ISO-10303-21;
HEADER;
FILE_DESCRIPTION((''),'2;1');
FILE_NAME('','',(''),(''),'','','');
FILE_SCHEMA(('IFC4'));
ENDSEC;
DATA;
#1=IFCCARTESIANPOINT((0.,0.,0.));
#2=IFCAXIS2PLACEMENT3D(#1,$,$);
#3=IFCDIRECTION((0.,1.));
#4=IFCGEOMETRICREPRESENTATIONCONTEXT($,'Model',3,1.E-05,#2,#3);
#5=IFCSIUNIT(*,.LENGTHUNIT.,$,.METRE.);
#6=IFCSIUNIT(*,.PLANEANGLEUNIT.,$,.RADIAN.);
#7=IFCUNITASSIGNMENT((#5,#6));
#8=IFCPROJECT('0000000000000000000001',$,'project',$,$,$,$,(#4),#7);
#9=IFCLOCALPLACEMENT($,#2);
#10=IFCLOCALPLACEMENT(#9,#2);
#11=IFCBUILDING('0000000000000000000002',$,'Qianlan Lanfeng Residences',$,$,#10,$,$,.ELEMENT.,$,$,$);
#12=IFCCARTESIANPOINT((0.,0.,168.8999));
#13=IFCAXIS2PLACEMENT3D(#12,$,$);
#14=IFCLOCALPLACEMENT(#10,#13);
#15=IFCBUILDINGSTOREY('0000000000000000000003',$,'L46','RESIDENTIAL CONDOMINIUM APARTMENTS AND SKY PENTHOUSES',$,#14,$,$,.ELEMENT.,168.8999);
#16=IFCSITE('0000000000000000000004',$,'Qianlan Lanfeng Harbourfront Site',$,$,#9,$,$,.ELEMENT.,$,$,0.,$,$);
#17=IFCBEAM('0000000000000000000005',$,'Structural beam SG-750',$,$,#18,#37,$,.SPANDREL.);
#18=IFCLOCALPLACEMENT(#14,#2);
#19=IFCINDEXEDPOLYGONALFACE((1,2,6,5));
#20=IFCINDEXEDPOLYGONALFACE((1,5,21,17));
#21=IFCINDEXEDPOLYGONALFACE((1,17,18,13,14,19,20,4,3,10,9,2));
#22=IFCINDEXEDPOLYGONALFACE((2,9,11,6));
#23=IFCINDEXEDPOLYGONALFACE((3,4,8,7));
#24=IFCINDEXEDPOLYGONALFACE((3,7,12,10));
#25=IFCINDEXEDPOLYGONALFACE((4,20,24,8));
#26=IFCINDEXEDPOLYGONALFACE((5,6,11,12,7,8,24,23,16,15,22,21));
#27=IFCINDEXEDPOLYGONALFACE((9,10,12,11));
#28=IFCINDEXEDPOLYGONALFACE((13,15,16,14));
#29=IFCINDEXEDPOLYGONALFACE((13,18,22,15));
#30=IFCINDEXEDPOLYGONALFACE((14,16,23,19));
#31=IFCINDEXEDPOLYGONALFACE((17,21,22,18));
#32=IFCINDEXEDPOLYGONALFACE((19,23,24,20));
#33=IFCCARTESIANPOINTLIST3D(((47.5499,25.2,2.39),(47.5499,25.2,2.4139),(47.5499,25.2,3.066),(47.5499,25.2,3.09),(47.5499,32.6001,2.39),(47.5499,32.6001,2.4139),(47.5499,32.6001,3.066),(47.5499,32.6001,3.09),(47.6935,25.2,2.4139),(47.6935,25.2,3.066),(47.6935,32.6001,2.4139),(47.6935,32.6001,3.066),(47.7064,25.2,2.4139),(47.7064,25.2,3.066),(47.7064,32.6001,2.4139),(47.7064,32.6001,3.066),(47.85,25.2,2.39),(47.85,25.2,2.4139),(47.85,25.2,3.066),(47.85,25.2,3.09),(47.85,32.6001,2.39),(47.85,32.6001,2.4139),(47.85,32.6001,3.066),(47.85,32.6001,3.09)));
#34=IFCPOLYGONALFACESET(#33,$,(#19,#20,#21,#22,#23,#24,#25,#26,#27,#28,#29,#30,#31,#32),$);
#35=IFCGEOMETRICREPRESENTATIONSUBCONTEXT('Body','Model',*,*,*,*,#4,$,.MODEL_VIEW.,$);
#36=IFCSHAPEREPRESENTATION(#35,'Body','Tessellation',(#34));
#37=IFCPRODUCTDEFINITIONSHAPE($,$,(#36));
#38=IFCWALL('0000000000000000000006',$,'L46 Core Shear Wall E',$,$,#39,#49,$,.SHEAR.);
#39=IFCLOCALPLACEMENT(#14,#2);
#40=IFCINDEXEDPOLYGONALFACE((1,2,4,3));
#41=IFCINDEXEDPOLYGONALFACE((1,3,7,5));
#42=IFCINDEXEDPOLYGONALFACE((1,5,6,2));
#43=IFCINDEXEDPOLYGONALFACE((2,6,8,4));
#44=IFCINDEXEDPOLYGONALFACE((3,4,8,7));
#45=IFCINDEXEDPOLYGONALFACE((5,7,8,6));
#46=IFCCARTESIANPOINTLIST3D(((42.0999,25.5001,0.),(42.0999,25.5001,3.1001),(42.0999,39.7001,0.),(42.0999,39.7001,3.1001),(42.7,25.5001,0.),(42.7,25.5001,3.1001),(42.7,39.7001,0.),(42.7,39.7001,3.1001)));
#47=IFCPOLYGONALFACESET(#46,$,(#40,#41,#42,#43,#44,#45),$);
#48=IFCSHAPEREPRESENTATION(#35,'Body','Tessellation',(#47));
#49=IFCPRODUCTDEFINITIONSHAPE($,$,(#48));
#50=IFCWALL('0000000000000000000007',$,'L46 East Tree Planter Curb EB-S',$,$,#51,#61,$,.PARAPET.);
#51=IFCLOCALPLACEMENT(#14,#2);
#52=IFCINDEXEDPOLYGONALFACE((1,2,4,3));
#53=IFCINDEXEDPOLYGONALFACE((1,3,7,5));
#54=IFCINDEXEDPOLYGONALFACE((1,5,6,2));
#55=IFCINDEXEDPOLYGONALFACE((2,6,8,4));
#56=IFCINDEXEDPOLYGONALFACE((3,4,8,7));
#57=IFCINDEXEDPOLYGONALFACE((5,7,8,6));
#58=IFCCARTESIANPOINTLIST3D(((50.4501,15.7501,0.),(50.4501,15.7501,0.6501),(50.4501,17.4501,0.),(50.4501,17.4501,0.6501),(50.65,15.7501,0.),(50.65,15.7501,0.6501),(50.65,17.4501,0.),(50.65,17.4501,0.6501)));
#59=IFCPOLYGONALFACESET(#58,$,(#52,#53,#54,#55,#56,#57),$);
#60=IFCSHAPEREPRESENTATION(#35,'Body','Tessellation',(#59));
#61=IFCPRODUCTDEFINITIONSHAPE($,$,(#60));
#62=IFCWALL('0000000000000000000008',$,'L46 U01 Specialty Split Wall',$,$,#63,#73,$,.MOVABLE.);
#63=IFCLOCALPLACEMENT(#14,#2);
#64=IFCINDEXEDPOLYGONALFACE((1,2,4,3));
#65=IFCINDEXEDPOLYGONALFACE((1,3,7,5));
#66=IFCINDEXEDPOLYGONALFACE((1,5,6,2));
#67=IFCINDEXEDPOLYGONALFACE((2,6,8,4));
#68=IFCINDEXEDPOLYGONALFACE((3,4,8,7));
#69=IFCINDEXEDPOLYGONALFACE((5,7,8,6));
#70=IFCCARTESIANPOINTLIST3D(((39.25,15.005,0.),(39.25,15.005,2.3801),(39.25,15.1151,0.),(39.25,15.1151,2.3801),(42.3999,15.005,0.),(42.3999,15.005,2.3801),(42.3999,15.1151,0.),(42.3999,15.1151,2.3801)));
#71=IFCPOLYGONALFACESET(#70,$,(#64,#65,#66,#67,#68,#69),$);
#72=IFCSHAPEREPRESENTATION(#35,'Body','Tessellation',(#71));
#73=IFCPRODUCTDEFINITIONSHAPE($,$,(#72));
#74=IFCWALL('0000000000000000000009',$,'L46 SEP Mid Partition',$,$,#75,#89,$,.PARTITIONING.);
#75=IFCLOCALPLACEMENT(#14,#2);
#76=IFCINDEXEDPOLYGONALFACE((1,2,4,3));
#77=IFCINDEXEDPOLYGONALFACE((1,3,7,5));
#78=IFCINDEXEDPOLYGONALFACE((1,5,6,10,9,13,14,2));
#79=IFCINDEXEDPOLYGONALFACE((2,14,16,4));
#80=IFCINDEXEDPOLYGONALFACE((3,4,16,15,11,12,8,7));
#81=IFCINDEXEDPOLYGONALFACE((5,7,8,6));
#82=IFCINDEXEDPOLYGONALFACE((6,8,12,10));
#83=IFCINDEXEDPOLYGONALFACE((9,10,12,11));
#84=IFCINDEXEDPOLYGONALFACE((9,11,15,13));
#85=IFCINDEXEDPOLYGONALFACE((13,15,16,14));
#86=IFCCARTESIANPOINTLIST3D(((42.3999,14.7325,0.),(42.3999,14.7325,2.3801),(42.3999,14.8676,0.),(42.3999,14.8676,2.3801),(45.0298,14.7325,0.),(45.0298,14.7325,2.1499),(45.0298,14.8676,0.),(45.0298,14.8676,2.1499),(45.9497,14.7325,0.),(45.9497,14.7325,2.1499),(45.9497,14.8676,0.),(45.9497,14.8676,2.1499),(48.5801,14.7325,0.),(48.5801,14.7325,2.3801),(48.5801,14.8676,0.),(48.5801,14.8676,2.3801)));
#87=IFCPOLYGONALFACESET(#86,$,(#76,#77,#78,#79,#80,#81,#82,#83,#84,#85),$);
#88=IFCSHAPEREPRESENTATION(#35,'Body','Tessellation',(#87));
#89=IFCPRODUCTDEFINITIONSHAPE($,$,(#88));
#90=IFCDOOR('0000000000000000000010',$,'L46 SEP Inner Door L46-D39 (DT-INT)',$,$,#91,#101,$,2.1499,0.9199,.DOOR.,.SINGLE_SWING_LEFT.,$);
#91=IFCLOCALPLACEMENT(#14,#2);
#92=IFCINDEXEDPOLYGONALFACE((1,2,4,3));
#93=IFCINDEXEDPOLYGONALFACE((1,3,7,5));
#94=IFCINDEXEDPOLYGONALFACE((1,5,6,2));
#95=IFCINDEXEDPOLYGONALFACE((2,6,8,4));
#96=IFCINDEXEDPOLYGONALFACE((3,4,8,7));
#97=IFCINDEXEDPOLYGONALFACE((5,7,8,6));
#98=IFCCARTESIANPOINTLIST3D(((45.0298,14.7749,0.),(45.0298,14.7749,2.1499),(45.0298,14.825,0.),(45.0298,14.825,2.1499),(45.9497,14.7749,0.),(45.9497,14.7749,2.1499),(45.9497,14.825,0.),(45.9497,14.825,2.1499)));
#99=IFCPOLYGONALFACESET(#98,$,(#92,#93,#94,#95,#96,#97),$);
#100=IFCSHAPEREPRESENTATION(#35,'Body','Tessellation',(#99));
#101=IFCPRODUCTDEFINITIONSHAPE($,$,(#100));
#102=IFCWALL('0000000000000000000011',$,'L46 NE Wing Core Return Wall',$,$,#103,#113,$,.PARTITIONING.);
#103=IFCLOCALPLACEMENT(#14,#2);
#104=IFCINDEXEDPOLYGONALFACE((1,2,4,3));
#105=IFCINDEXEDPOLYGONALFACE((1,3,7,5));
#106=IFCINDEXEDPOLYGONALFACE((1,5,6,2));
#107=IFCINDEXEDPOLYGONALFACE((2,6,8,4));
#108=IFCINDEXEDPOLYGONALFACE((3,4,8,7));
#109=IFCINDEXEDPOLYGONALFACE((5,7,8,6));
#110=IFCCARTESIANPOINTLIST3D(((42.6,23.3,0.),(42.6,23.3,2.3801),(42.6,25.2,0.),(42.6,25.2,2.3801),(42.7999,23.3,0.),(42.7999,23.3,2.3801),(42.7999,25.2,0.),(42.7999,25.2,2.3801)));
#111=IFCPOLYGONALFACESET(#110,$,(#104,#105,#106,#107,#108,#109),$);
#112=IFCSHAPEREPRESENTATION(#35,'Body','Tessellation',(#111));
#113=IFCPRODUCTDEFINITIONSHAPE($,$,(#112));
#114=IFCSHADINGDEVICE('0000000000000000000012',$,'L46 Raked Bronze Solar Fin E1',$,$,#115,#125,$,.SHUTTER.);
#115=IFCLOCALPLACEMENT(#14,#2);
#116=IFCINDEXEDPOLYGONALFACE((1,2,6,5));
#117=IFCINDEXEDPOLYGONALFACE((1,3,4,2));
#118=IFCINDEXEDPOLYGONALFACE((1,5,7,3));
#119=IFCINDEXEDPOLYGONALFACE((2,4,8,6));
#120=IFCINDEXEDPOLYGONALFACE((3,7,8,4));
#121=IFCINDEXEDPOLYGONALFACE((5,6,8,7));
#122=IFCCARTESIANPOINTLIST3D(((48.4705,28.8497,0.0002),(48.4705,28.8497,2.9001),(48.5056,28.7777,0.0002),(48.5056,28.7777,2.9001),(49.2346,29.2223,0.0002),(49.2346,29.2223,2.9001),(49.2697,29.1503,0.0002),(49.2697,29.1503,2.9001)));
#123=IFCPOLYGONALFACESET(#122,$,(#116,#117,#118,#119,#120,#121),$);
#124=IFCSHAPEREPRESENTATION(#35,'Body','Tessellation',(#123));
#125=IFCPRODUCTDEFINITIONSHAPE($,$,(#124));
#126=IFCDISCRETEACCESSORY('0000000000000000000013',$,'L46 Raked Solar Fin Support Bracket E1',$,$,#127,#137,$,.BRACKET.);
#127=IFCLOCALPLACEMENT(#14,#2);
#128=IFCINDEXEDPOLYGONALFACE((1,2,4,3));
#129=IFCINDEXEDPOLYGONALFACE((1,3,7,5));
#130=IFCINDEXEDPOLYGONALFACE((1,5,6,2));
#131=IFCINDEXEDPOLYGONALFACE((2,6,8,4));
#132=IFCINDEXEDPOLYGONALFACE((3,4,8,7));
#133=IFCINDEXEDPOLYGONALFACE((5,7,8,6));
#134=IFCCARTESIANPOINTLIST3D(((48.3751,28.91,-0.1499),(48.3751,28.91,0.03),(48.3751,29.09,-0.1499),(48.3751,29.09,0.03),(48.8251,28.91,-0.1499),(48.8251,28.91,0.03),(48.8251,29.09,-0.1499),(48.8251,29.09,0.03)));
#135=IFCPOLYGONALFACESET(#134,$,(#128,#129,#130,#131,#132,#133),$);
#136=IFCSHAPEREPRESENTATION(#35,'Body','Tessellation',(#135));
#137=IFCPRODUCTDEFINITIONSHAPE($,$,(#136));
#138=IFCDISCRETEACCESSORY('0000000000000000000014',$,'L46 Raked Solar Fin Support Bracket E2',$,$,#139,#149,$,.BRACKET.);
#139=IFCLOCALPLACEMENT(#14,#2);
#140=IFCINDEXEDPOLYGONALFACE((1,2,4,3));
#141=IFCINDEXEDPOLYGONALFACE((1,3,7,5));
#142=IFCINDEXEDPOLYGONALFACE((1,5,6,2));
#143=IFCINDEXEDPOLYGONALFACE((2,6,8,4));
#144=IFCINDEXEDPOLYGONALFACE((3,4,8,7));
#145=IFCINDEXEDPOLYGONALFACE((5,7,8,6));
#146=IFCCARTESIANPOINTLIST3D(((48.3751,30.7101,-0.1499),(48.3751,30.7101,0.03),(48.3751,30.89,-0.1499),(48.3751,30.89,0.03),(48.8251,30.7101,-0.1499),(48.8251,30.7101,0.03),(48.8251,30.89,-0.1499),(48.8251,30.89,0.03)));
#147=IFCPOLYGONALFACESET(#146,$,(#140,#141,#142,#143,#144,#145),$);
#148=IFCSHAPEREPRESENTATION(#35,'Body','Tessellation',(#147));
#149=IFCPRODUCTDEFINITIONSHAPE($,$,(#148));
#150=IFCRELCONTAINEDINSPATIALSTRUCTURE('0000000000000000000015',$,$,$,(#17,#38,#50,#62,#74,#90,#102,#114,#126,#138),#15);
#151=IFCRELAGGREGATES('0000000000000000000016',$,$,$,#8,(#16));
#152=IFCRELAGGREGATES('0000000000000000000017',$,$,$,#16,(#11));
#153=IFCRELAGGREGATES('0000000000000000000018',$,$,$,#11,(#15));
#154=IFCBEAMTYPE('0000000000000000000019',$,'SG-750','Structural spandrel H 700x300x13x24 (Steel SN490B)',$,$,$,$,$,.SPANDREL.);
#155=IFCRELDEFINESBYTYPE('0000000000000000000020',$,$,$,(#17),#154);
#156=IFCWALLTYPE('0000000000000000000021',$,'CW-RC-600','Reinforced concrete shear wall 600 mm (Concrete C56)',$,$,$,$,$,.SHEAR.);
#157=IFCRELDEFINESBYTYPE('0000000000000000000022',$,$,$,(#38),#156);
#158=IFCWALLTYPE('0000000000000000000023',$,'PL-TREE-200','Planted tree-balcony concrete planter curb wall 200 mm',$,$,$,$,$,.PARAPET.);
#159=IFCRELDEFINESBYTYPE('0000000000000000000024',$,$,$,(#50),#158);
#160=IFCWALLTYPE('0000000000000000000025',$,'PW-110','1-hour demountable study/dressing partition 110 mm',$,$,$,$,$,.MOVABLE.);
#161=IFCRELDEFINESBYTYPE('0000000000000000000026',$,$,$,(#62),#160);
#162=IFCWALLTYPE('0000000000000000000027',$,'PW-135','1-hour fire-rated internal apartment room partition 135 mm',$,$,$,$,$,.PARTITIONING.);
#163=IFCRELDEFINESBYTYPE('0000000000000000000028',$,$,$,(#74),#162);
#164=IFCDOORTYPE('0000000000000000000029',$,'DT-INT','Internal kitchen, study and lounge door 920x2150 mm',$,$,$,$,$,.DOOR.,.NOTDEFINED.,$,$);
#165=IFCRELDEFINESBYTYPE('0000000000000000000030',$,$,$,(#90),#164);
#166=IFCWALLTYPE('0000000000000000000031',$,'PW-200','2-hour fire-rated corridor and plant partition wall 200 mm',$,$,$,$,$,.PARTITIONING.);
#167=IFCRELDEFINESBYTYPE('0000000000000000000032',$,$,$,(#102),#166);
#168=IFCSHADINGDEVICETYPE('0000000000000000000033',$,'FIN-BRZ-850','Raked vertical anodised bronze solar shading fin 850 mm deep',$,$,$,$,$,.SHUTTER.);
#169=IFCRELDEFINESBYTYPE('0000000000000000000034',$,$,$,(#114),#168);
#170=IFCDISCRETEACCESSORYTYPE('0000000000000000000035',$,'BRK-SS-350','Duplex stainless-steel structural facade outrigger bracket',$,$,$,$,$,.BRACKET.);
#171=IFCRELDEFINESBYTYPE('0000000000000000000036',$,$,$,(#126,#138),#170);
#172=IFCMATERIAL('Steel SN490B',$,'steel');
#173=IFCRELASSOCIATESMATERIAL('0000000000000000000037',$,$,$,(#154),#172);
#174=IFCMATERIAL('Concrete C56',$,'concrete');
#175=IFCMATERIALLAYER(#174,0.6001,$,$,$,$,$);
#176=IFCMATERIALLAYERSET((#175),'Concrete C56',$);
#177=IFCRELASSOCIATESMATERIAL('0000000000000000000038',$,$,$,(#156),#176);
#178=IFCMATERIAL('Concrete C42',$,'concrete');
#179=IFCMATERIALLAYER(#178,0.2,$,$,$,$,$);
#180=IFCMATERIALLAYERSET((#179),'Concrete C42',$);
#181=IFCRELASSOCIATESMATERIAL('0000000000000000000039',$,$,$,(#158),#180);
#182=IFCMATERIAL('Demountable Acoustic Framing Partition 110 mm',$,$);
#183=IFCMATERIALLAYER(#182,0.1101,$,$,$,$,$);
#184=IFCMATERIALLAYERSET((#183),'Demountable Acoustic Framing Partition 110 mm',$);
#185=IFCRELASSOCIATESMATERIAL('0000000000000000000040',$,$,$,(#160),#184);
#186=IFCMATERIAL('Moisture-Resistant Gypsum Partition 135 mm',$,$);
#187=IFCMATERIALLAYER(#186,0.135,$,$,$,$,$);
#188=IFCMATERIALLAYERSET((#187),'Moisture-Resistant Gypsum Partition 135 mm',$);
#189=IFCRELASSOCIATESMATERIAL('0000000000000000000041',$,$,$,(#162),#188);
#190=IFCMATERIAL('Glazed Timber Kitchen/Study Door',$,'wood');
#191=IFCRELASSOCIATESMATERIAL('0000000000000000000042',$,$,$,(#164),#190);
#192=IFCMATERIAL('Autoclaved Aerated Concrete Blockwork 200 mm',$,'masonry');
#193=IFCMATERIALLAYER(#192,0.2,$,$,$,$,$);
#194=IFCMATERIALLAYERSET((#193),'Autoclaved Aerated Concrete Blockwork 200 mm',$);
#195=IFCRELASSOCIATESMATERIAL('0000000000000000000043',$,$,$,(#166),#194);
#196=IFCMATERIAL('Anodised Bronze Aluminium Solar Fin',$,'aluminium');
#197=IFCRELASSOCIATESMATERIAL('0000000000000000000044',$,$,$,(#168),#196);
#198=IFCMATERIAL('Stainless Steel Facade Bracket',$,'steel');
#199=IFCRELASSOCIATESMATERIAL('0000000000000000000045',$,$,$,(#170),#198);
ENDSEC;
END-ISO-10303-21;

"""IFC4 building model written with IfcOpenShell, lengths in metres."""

from ifc_helpers import new_model, si_unit, direction, frame, frame_2d, origin, origin_2d, place, context, subcontext, project, spatial, rectangle, i_section, extrude, source, transform, mapped, material, layer, layer_set, material_profile, profile_set, type_object, element, fill, save


model = new_model("IFC4")

# Units and contexts
model_context = context("Model", 3, precision=1e-05, world=origin(), true_north=direction((0.0, 1.0)))
body_context = subcontext(model_context, "Body", "Model", "MODEL_VIEW")
ifc_project = project(units=[si_unit("LENGTHUNIT", "METRE"), si_unit("PLANEANGLEUNIT", "RADIAN")], contexts=[model_context])

# Site, building, storey
site_placement = place(None, origin())
site = spatial("IfcSite", under=ifc_project, at=site_placement, Name="Qianlan Lanfeng Harbourfront Site", CompositionType="ELEMENT", RefElevation=0.0)
building_placement = place(site_placement, origin())
building = spatial("IfcBuilding", under=site, at=building_placement, Name="Qianlan Lanfeng Residences", CompositionType="ELEMENT")
storey_placement = place(building_placement, frame((0.0, 0.0, 168.8999)))
storey = spatial("IfcBuildingStorey", under=building, at=storey_placement, Name="L46", Description="RESIDENTIAL CONDOMINIUM APARTMENTS AND SKY PENTHOUSES", CompositionType="ELEMENT", Elevation=168.8999)

# Shared definitions
ifc_material_1 = material(Name="Steel SN490B", Category="steel")

# Beam
ifc_material_profile_1 = material_profile(ifc_material_1, i_section(OverallWidth=0.3, OverallDepth=0.7, WebThickness=0.0129, FlangeThickness=0.0239, at=origin_2d()), Name="H 700x300x13x24")
ifc_profile_set_1 = profile_set([ifc_material_profile_1], Name="Steel SN490B")
beam_type_1 = type_object("IfcBeamType", Name="SG-750", Description="Structural spandrel H 700x300x13x24 (Steel SN490B)", PredefinedType="SPANDREL", material=ifc_profile_set_1)
beam_1_placement = place(storey_placement, frame((47.7, 25.2, 2.74), z_axis=(0.0, 1.0, 0.0), x_axis=(-1.0, 0.0, 0.0)))
element("IfcBeam", 1, at=beam_1_placement, inside=storey, type_object=beam_type_1, Name="Structural beam SG-750", PredefinedType="SPANDREL", context=body_context, shape_type="SweptSolid", body=[
    extrude(i_section(OverallWidth=0.3, OverallDepth=0.7, WebThickness=0.0129, FlangeThickness=0.0239, at=origin_2d()), origin(), (0.0, 0.0, 1.0), 7.4001),
])

# Walls
ifc_material_2 = material(Name="Concrete C56", Category="concrete")
ifc_layer_1 = layer(ifc_material_2, 0.6001)
ifc_layer_set_1 = layer_set([ifc_layer_1], Name="Concrete C56")
wall_type_1 = type_object("IfcWallType", Name="CW-RC-600", Description="Reinforced concrete shear wall 600 mm (Concrete C56)", PredefinedType="SHEAR", material=ifc_layer_set_1)
wall_1_placement = place(storey_placement, frame((42.3999, 25.5, 0.0), z_axis=(0.0, 0.0, 1.0), x_axis=(0.0, 1.0, 0.0)))
element("IfcWall", 2, at=wall_1_placement, inside=storey, type_object=wall_type_1, Name="L46 Core Shear Wall E", PredefinedType="SHEAR", context=body_context, shape_type="SweptSolid", body=[
    extrude(rectangle(XDim=14.2, YDim=0.6001, at=frame_2d((7.1001, 0.0))), origin(), (0.0, 0.0, 1.0), 3.1001),
])
ifc_material_3 = material(Name="Concrete C42", Category="concrete")
ifc_layer_2 = layer(ifc_material_3, 0.2)
ifc_layer_set_2 = layer_set([ifc_layer_2], Name="Concrete C42")
wall_type_2 = type_object("IfcWallType", Name="PL-TREE-200", Description="Planted tree-balcony concrete planter curb wall 200 mm", PredefinedType="PARAPET", material=ifc_layer_set_2)
wall_2_placement = place(storey_placement, frame((50.55, 15.75, 0.0), z_axis=(0.0, 0.0, 1.0), x_axis=(0.0, 1.0, 0.0)))
element("IfcWall", 3, at=wall_2_placement, inside=storey, type_object=wall_type_2, Name="L46 East Tree Planter Curb EB-S", PredefinedType="PARAPET", context=body_context, shape_type="SweptSolid", body=[
    extrude(rectangle(XDim=1.7, YDim=0.2, at=frame_2d((0.8501, 0.0))), origin(), (0.0, 0.0, 1.0), 0.6501),
])
ifc_material_4 = material(Name="Demountable Acoustic Framing Partition 110 mm")
ifc_layer_3 = layer(ifc_material_4, 0.1101)
ifc_layer_set_3 = layer_set([ifc_layer_3], Name="Demountable Acoustic Framing Partition 110 mm")
wall_type_3 = type_object("IfcWallType", Name="PW-110", Description="1-hour demountable study/dressing partition 110 mm", PredefinedType="MOVABLE", material=ifc_layer_set_3)
wall_3_placement = place(storey_placement, frame((39.25, 15.0601, 0.0), z_axis=(0.0, 0.0, 1.0), x_axis=(1.0, 0.0, 0.0)))
element("IfcWall", 4, at=wall_3_placement, inside=storey, type_object=wall_type_3, Name="L46 U01 Specialty Split Wall", PredefinedType="MOVABLE", context=body_context, shape_type="SweptSolid", body=[
    extrude(rectangle(XDim=3.1499, YDim=0.1101, at=frame_2d((1.575, 0.0))), origin(), (0.0, 0.0, 1.0), 2.3801),
])

# Wall, opening, door
ifc_material_5 = material(Name="Moisture-Resistant Gypsum Partition 135 mm")
ifc_layer_4 = layer(ifc_material_5, 0.135)
ifc_layer_set_4 = layer_set([ifc_layer_4], Name="Moisture-Resistant Gypsum Partition 135 mm")
wall_type_4 = type_object("IfcWallType", Name="PW-135", Description="1-hour fire-rated internal apartment room partition 135 mm", PredefinedType="PARTITIONING", material=ifc_layer_set_4)
wall_4_placement = place(storey_placement, frame((42.3999, 14.8, 0.0), z_axis=(0.0, 0.0, 1.0), x_axis=(1.0, 0.0, 0.0)))
wall_4 = element("IfcWall", 5, at=wall_4_placement, inside=storey, type_object=wall_type_4, Name="L46 SEP Mid Partition", PredefinedType="PARTITIONING", context=body_context, shape_type="SweptSolid", body=[
    extrude(rectangle(XDim=6.1802, YDim=0.135, at=frame_2d((3.0901, 0.0))), origin(), (0.0, 0.0, 1.0), 2.3801),
])
opening_1_placement = place(wall_4_placement, frame((2.6299, 0.0, 0.0)))
opening_1 = element("IfcOpeningElement", 6, at=opening_1_placement, cuts=wall_4, PredefinedType="OPENING", context=body_context, shape_type="SweptSolid", body=[
    extrude(rectangle(XDim=0.9199, YDim=2.1499, at=frame_2d((0.46, 1.075))), frame((0.0, 0.0776, 0.0), z_axis=(0.0, -1.0, 0.0), x_axis=(1.0, 0.0, 0.0)), (0.0, 0.0, 1.0), 0.155),
])
ifc_material_6 = material(Name="Glazed Timber Kitchen/Study Door", Category="wood")
door_type = type_object("IfcDoorType", Name="DT-INT", Description="Internal kitchen, study and lounge door 920x2150 mm", OperationType="NOTDEFINED", PredefinedType="DOOR", material=ifc_material_6)
door_1_placement = place(opening_1_placement, origin())
door_1 = element("IfcDoor", 7, at=door_1_placement, inside=storey, type_object=door_type, Name="L46 SEP Inner Door L46-D39 (DT-INT)", OperationType="SINGLE_SWING_LEFT", OverallHeight=2.1499, OverallWidth=0.9199, PredefinedType="DOOR", context=body_context, shape_type="SweptSolid", body=[
    extrude(rectangle(XDim=0.9199, YDim=2.1499, at=frame_2d((0.46, 1.075))), frame((0.0, 0.0249, 0.0), z_axis=(0.0, -1.0, 0.0), x_axis=(1.0, 0.0, 0.0)), (0.0, 0.0, 1.0), 0.05),
])
fill(opening_1, door_1)
ifc_material_7 = material(Name="Autoclaved Aerated Concrete Blockwork 200 mm", Category="masonry")
ifc_layer_5 = layer(ifc_material_7, 0.2)
ifc_layer_set_5 = layer_set([ifc_layer_5], Name="Autoclaved Aerated Concrete Blockwork 200 mm")
wall_type_5 = type_object("IfcWallType", Name="PW-200", Description="2-hour fire-rated corridor and plant partition wall 200 mm", PredefinedType="PARTITIONING", material=ifc_layer_set_5)

# Wall
wall_5_placement = place(storey_placement, frame((42.7, 23.3, 0.0), z_axis=(0.0, 0.0, 1.0), x_axis=(0.0, 1.0, 0.0)))
element("IfcWall", 8, at=wall_5_placement, inside=storey, type_object=wall_type_5, Name="L46 NE Wing Core Return Wall", PredefinedType="PARTITIONING", context=body_context, shape_type="SweptSolid", body=[
    extrude(rectangle(XDim=1.8999, YDim=0.2, at=frame_2d((0.95, 0.0))), origin(), (0.0, 0.0, 1.0), 2.3801),
])

# Shading device
ifc_material_8 = material(Name="Anodised Bronze Aluminium Solar Fin", Category="aluminium")
shading_device_type = type_object("IfcShadingDeviceType", Name="FIN-BRZ-850", Description="Raked vertical anodised bronze solar shading fin 850 mm deep", PredefinedType="SHUTTER", material=ifc_material_8)
shared_shape_1 = source(origin(), body_context, "Body", "SweptSolid", [
    extrude(rectangle(XDim=0.8501, YDim=0.0801, at=origin_2d()), origin(), (0.0, 0.0, 1.0), 2.8999),
])
shading_device_placement = place(storey_placement, frame((48.8701, 29.0, 0.0002), z_axis=(0.0, 0.0, 1.0), x_axis=(0.898794, 0.438371, 0.0)))
element("IfcShadingDevice", 9, at=shading_device_placement, inside=storey, type_object=shading_device_type, Name="L46 Raked Bronze Solar Fin E1", PredefinedType="SHUTTER", context=body_context, shape_type="MappedRepresentation", body=[
    mapped(shared_shape_1, transform((0.0, 0.0, 0.0), scale=1.0)),
])

# Discrete accessories
ifc_material_9 = material(Name="Stainless Steel Facade Bracket", Category="steel")
discrete_accessory_type = type_object("IfcDiscreteAccessoryType", Name="BRK-SS-350", Description="Duplex stainless-steel structural facade outrigger bracket", PredefinedType="BRACKET", material=ifc_material_9)
shared_shape_2 = source(origin(), body_context, "Body", "SweptSolid", [
    extrude(rectangle(XDim=0.45, YDim=0.1799, at=origin_2d()), origin(), (0.0, 0.0, 1.0), 0.1799),
])
for number, where, z_axis, x_axis, name in (
    (10, (48.6001, 29.0, -0.1499), (0.0, 0.0, 1.0), (1.0, 0.0, 0.0), "L46 Raked Solar Fin Support Bracket E1"),
    (11, (48.6001, 30.8, -0.1499), (0.0, 0.0, 1.0), (1.0, 0.0, 0.0), "L46 Raked Solar Fin Support Bracket E2"),
):
    element("IfcDiscreteAccessory", number, at=place(storey_placement, frame(where, z_axis=z_axis, x_axis=x_axis)), inside=storey, type_object=discrete_accessory_type, Name=name, PredefinedType="BRACKET", context=body_context, shape_type="MappedRepresentation", body=[
        mapped(shared_shape_2, transform((0.0, 0.0, 0.0), scale=1.0)),
    ])

save(model, "model.ifc")
